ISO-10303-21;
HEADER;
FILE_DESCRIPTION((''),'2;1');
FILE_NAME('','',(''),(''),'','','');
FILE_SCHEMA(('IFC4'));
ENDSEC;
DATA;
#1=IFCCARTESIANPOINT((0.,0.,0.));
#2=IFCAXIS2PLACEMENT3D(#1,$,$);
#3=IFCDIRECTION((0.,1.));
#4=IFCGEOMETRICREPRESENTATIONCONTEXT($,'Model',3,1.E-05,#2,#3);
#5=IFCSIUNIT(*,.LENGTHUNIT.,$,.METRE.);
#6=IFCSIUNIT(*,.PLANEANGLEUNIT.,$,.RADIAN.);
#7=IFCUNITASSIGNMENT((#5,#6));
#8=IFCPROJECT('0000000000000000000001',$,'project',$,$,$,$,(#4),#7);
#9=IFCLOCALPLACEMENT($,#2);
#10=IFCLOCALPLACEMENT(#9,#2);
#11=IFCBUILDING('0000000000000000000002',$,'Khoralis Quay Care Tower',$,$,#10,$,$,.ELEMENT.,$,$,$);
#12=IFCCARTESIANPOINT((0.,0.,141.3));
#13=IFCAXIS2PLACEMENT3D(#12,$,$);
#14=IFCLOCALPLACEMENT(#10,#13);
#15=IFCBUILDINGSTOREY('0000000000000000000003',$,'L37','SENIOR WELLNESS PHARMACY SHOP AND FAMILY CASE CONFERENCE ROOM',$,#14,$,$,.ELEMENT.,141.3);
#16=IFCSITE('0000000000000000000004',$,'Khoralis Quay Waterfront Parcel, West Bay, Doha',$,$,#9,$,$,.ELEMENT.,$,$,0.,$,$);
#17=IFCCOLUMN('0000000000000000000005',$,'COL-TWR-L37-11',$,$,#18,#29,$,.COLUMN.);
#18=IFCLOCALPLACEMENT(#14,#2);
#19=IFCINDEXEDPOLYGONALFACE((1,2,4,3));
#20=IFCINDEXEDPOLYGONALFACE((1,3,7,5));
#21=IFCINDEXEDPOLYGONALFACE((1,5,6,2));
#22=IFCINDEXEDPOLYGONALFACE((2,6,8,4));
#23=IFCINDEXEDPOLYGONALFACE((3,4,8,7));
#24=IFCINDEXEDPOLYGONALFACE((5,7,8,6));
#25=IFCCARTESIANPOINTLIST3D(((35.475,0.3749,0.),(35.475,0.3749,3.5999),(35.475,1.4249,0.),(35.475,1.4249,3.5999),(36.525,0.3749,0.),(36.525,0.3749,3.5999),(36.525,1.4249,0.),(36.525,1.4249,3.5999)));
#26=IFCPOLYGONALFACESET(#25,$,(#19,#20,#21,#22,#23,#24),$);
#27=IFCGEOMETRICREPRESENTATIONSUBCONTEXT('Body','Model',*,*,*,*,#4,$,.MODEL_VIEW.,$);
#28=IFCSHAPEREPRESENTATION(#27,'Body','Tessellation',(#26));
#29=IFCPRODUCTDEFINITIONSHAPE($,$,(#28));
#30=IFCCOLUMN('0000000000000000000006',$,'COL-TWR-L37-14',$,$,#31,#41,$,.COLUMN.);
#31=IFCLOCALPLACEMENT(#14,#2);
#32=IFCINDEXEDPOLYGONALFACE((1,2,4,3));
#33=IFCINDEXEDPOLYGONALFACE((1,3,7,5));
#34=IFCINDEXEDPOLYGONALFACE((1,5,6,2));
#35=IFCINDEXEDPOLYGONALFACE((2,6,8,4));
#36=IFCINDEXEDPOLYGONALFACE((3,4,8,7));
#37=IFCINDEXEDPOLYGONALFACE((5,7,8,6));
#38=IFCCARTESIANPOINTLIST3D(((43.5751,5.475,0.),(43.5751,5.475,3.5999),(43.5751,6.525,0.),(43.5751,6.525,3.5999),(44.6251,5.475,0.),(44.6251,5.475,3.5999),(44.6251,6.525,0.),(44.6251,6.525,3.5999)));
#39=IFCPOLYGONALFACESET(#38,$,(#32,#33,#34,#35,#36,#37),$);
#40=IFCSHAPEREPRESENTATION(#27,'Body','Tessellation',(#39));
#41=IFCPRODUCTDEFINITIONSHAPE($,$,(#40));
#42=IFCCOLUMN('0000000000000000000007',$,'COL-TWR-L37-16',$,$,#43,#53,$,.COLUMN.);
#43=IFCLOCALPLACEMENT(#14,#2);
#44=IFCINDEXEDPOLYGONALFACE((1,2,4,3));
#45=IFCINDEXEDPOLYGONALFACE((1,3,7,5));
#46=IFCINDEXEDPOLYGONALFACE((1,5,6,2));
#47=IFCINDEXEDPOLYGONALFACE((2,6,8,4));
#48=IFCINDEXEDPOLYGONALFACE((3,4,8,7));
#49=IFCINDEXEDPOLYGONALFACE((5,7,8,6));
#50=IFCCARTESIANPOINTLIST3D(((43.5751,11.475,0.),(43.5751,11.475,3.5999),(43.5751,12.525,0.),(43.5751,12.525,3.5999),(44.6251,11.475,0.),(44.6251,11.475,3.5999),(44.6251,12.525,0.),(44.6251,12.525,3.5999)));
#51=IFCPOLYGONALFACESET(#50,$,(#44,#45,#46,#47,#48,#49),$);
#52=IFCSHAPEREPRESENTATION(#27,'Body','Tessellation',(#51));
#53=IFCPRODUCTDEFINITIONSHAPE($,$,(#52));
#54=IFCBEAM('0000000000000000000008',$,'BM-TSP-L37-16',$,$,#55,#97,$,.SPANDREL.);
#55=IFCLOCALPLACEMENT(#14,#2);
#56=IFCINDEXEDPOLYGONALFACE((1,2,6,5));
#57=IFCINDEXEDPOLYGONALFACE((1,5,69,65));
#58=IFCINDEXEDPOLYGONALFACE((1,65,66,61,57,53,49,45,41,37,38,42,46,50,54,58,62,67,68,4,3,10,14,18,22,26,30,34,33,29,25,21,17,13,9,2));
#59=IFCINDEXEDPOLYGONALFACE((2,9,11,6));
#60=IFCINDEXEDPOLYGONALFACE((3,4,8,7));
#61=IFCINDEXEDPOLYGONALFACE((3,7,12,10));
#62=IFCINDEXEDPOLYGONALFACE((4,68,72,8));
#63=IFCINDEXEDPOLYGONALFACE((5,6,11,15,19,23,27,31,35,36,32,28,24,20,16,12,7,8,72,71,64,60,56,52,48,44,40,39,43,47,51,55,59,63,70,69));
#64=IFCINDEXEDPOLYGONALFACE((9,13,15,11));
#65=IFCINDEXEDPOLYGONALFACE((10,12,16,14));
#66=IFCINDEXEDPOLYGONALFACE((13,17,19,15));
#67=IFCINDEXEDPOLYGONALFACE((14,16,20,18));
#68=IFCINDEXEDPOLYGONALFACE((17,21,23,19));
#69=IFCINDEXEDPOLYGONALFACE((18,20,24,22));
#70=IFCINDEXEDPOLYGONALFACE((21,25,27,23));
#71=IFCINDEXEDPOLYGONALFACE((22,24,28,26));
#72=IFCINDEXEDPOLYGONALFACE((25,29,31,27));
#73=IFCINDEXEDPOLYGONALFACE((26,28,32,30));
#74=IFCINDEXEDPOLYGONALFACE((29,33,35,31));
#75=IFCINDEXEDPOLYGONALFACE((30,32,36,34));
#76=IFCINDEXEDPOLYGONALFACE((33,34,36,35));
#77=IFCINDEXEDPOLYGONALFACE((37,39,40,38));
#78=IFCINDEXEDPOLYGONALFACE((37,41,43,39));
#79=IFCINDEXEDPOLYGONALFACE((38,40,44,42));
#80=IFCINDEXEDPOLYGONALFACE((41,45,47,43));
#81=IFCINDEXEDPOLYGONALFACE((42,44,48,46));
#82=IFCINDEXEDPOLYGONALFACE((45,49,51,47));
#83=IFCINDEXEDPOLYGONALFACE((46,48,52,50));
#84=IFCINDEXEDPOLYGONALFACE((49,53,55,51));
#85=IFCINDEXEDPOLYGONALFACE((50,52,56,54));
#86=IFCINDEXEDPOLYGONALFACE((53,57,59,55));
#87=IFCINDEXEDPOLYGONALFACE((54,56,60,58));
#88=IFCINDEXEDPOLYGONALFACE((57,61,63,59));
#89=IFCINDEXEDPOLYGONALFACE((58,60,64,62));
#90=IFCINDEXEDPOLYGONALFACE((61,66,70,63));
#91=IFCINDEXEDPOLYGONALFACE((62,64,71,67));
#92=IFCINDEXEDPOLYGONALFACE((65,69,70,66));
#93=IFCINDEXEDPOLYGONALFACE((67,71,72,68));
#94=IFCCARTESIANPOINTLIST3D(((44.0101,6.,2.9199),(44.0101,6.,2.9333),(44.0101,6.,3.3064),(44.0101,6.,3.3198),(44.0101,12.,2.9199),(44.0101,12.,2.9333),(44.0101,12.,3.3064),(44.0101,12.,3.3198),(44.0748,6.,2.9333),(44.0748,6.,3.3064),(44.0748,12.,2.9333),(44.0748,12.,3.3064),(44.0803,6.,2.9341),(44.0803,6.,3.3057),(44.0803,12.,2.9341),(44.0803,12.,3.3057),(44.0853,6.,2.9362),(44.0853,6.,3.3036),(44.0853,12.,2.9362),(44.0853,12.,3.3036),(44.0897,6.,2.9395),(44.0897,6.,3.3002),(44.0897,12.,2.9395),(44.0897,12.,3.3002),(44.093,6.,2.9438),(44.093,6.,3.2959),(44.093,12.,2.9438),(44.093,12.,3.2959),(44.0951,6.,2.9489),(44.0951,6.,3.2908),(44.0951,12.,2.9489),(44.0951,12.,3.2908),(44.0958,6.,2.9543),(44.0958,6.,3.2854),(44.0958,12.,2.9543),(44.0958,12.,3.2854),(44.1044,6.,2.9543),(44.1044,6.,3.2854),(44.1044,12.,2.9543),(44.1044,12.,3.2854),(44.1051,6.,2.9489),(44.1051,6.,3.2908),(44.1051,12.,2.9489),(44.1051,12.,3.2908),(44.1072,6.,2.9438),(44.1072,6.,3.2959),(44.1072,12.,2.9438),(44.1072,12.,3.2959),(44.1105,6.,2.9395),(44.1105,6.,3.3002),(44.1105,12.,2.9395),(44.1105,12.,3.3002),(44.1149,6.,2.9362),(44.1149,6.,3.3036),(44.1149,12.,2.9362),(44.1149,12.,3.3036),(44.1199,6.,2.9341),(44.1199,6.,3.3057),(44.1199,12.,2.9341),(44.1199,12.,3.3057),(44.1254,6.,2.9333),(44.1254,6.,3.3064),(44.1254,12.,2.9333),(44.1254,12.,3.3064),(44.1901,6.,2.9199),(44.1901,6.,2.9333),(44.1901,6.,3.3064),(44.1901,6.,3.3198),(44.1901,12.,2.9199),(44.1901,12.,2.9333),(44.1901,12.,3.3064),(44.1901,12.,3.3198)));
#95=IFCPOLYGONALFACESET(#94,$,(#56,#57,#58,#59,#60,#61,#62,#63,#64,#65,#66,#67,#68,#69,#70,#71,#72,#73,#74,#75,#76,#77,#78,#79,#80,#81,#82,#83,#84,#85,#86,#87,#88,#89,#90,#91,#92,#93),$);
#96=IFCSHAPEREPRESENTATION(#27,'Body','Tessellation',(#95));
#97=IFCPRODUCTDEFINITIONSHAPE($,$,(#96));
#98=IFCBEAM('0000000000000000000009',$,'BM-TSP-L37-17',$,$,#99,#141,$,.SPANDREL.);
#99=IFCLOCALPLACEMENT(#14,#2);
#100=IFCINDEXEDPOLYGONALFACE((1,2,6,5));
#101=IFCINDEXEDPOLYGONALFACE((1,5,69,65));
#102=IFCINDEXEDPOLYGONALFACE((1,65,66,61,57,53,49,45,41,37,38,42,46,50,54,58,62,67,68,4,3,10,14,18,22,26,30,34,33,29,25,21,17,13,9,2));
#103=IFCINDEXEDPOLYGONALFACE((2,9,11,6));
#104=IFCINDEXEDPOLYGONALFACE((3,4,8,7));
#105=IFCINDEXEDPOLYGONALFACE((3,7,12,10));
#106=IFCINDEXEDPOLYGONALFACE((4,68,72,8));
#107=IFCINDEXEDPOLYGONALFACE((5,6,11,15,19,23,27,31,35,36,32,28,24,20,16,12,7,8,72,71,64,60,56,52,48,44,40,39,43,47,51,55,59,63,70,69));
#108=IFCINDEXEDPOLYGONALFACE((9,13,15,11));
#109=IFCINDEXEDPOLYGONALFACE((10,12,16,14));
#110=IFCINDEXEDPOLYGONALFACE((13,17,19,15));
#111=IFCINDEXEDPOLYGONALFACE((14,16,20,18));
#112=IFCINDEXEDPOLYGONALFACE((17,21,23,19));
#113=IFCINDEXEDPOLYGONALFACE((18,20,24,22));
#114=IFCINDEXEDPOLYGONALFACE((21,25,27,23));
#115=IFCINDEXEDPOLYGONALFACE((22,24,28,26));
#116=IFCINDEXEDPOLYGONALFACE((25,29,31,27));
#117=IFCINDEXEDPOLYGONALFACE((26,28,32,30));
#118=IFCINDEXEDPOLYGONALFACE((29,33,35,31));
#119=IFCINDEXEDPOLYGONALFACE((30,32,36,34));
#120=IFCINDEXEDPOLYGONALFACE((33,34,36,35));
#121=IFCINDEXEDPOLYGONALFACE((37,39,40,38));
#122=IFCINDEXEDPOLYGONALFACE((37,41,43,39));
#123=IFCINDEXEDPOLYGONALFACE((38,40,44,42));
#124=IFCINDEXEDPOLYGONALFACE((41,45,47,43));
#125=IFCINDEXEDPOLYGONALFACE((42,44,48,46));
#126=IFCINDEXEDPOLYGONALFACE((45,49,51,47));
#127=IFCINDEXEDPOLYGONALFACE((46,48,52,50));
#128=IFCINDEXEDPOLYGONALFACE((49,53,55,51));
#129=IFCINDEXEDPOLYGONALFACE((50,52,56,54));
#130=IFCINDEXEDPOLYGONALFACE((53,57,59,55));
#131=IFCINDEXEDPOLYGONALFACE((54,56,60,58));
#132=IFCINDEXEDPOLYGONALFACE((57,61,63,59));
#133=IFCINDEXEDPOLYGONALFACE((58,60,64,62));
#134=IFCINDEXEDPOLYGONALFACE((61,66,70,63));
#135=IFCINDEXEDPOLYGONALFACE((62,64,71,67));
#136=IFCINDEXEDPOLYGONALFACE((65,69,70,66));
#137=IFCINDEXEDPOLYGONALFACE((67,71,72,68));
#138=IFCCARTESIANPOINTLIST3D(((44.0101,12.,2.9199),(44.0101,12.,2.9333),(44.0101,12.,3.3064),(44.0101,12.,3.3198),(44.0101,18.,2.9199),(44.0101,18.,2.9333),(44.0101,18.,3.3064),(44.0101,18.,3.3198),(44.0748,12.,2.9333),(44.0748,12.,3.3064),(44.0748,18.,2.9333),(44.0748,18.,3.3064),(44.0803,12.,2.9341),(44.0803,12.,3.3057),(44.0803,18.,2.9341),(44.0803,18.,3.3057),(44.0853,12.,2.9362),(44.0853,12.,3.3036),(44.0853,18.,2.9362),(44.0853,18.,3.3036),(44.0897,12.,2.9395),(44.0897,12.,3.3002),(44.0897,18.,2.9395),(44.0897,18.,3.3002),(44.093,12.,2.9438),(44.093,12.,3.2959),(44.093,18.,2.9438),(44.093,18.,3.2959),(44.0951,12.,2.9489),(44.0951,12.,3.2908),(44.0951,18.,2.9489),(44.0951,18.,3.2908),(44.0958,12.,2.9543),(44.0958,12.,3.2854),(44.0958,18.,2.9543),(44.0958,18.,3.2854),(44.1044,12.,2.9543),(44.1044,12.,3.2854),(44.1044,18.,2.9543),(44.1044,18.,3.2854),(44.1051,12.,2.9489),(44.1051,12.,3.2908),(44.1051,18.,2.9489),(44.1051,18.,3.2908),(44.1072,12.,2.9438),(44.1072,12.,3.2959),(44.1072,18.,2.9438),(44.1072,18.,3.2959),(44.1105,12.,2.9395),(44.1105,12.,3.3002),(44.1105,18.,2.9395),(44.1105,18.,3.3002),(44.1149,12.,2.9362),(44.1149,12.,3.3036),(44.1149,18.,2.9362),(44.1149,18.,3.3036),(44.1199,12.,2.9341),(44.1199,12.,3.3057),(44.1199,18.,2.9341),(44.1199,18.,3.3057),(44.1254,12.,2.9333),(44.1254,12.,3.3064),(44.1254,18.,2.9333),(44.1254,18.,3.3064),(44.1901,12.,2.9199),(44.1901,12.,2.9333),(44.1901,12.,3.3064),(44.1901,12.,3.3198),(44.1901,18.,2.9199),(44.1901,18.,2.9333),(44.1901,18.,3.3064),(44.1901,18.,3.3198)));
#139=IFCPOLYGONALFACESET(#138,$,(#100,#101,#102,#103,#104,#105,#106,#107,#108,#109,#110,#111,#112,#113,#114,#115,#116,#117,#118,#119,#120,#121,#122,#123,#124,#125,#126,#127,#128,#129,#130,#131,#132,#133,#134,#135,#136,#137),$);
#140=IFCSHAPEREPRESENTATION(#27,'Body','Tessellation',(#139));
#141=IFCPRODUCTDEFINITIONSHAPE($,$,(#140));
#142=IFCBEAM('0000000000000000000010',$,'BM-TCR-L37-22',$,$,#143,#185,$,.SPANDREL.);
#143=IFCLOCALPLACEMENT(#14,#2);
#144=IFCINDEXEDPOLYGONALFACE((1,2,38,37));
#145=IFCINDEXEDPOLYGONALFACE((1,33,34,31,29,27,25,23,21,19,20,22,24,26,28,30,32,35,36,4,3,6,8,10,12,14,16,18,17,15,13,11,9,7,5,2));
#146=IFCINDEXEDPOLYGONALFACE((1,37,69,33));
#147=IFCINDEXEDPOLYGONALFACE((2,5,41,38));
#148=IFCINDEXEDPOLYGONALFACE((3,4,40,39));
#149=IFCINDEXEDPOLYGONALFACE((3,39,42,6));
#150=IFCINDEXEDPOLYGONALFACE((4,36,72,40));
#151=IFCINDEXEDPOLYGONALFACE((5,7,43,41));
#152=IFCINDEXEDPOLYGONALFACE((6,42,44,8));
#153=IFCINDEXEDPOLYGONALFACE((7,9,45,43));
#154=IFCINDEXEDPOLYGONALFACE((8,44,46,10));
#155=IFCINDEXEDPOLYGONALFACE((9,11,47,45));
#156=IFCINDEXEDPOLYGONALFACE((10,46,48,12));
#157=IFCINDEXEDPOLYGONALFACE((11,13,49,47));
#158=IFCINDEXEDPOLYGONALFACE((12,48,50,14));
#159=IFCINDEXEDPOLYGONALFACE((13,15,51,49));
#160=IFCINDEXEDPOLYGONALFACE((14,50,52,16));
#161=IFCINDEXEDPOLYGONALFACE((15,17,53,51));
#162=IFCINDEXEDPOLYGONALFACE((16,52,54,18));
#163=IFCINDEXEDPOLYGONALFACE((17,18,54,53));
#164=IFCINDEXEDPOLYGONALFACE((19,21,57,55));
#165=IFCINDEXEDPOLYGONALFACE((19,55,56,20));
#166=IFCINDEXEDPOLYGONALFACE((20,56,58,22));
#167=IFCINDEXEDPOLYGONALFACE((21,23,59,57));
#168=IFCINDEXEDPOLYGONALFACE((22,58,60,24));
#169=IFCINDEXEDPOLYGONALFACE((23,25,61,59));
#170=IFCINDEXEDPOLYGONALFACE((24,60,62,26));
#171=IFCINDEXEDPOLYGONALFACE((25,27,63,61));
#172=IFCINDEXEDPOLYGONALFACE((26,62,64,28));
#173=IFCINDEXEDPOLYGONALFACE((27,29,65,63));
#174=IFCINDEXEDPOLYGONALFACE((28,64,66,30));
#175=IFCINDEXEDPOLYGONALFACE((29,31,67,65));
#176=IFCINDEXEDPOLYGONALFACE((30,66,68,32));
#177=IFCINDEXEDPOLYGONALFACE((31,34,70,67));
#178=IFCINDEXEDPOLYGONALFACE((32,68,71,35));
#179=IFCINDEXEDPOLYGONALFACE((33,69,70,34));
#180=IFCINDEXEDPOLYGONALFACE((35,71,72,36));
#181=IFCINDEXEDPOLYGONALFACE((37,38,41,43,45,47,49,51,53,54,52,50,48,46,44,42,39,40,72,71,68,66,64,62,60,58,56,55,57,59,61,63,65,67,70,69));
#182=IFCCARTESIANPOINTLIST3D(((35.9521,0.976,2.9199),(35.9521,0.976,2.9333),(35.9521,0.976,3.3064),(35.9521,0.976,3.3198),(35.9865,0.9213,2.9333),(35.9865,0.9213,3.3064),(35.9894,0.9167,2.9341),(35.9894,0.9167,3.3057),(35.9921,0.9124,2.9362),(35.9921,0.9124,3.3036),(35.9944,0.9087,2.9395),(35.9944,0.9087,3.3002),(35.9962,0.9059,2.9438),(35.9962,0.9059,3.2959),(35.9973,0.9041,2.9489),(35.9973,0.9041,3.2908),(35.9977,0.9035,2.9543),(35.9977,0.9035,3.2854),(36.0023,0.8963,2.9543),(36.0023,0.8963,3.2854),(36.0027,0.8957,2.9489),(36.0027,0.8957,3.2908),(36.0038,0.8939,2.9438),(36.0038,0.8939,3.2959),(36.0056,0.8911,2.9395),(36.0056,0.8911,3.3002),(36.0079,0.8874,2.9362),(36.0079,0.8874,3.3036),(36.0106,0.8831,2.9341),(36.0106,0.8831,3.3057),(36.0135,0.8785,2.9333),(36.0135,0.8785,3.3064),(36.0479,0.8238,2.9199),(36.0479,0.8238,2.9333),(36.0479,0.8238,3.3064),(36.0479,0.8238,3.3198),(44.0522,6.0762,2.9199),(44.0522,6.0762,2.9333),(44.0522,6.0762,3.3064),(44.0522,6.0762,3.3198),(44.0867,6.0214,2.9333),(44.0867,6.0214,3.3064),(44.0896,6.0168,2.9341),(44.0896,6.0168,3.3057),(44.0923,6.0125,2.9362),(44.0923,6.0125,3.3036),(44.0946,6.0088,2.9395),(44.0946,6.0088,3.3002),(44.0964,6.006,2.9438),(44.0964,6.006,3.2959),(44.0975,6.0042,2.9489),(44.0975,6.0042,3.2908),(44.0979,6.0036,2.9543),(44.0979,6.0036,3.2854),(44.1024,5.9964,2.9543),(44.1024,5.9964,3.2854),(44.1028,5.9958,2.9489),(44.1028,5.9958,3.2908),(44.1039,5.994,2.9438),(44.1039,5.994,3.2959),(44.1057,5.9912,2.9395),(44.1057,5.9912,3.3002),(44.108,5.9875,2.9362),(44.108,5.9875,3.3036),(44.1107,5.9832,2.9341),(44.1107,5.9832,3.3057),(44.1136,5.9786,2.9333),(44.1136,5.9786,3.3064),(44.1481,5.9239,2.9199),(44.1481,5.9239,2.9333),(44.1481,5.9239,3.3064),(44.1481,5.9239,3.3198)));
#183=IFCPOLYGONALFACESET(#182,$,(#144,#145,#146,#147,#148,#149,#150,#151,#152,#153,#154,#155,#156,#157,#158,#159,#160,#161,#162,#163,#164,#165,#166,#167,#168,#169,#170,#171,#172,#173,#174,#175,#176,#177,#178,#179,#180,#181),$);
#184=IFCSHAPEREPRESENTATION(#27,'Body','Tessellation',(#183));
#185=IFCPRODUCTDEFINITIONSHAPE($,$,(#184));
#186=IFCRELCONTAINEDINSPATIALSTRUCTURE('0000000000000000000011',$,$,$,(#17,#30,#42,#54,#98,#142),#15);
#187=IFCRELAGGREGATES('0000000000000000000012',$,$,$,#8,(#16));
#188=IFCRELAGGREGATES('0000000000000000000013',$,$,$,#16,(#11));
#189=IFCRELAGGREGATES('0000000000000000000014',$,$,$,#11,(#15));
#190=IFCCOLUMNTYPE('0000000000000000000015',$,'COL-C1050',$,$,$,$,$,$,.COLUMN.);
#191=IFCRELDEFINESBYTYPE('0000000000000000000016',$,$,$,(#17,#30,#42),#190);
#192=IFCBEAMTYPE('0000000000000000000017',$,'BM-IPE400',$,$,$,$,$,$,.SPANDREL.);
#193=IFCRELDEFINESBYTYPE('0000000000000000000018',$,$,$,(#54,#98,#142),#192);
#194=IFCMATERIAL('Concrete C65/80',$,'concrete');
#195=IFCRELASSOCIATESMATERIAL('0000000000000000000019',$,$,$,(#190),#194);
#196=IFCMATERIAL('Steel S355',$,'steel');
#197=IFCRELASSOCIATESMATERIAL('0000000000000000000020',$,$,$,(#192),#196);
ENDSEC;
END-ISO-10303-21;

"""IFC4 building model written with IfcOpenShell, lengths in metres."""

from ifc_helpers import new_model, si_unit, direction, frame, origin, origin_2d, place, context, subcontext, project, spatial, rectangle, i_section, extrude, source, transform, mapped, material, material_profile, profile_set, type_object, element, save


model = new_model("IFC4")

# Units and contexts
model_context = context("Model", 3, precision=1e-05, world=origin(), true_north=direction((0.0, 1.0)))
body_context = subcontext(model_context, "Body", "Model", "MODEL_VIEW")
ifc_project = project(units=[si_unit("LENGTHUNIT", "METRE"), si_unit("PLANEANGLEUNIT", "RADIAN")], contexts=[model_context])

# Site, building, storey
site_placement = place(None, origin())
site = spatial("IfcSite", under=ifc_project, at=site_placement, Name="Khoralis Quay Waterfront Parcel, West Bay, Doha", CompositionType="ELEMENT", RefElevation=0.0)
building_placement = place(site_placement, origin())
building = spatial("IfcBuilding", under=site, at=building_placement, Name="Khoralis Quay Care Tower", CompositionType="ELEMENT")
storey_placement = place(building_placement, frame((0.0, 0.0, 141.3)))
storey = spatial("IfcBuildingStorey", under=building, at=storey_placement, Name="L37", Description="SENIOR WELLNESS PHARMACY SHOP AND FAMILY CASE CONFERENCE ROOM", CompositionType="ELEMENT", Elevation=141.3)

# Columns
ifc_material_1 = material(Name="Concrete C65/80", Category="concrete")
ifc_material_profile_1 = material_profile(ifc_material_1, rectangle(XDim=1.05, YDim=1.05, at=origin_2d()), Name="Concrete C65/80")
ifc_profile_set_1 = profile_set([ifc_material_profile_1], Name="Concrete C65/80")
column_type = type_object("IfcColumnType", Name="COL-C1050", PredefinedType="COLUMN", material=ifc_profile_set_1)
shared_shape_1 = source(origin(), body_context, "Body", "SweptSolid", [
    extrude(rectangle(XDim=1.05, YDim=1.05, at=origin_2d()), origin(), (0.0, 0.0, 1.0), 3.5999),
])
for number, where, z_axis, x_axis, name in (
    (1, (36.0, 0.8999, 0.0), (0.0, 0.0, 1.0), (1.0, 0.0, 0.0), "COL-TWR-L37-11"),
    (2, (44.1001, 6.0, 0.0), (0.0, 0.0, 1.0), (1.0, 0.0, 0.0), "COL-TWR-L37-14"),
    (3, (44.1001, 12.0, 0.0), (0.0, 0.0, 1.0), (1.0, 0.0, 0.0), "COL-TWR-L37-16"),
):
    element("IfcColumn", number, at=place(storey_placement, frame(where, z_axis=z_axis, x_axis=x_axis)), inside=storey, type_object=column_type, Name=name, PredefinedType="COLUMN", context=body_context, shape_type="MappedRepresentation", body=[
        mapped(shared_shape_1, transform((0.0, 0.0, 0.0), scale=1.0)),
    ])

# Beams
ifc_material_2 = material(Name="Steel S355", Category="steel")
ifc_material_profile_2 = material_profile(ifc_material_2, i_section(OverallWidth=0.1799, OverallDepth=0.3999, WebThickness=0.0085, FlangeThickness=0.0134, FilletRadius=0.021, at=origin_2d()), Name="Steel S355")
ifc_profile_set_2 = profile_set([ifc_material_profile_2], Name="Steel S355")
beam_type_1 = type_object("IfcBeamType", Name="BM-IPE400", PredefinedType="SPANDREL", material=ifc_profile_set_2)
shared_shape_2 = source(origin(), body_context, "Body", "SweptSolid", [
    extrude(i_section(OverallWidth=0.1799, OverallDepth=0.3999, WebThickness=0.0085, FlangeThickness=0.0134, FilletRadius=0.021, at=origin_2d()), origin(), (0.0, 0.0, 1.0), 6.0),
])
for number, where, z_axis, x_axis, name in (
    (4, (44.1001, 6.0, 3.1199), (0.0, 1.0, 0.0), (-1.0, 0.0, 0.0), "BM-TSP-L37-16"),
    (5, (44.1001, 12.0, 3.1199), (0.0, 1.0, 0.0), (-1.0, 0.0, 0.0), "BM-TSP-L37-17"),
):
    element("IfcBeam", number, at=place(storey_placement, frame(where, z_axis=z_axis, x_axis=x_axis)), inside=storey, type_object=beam_type_1, Name=name, PredefinedType="SPANDREL", context=body_context, shape_type="MappedRepresentation", body=[
        mapped(shared_shape_2, transform((0.0, 0.0, 0.0), scale=1.0)),
    ])
shared_shape_3 = source(origin(), body_context, "Body", "SweptSolid", [
    extrude(i_section(OverallWidth=0.1799, OverallDepth=0.3999, WebThickness=0.0085, FlangeThickness=0.0134, FilletRadius=0.021, at=origin_2d()), origin(), (0.0, 0.0, 1.0), 9.572),
])
beam_1_placement = place(storey_placement, frame((36.0, 0.8999, 3.1199), z_axis=(0.846231, 0.532816, 0.0), x_axis=(-0.532816, 0.846231, 0.0)))
element("IfcBeam", 6, at=beam_1_placement, inside=storey, type_object=beam_type_1, Name="BM-TCR-L37-22", PredefinedType="SPANDREL", context=body_context, shape_type="MappedRepresentation", body=[
    mapped(shared_shape_3, transform((0.0, 0.0, 0.0), scale=1.0)),
])

save(model, "model.ifc")
